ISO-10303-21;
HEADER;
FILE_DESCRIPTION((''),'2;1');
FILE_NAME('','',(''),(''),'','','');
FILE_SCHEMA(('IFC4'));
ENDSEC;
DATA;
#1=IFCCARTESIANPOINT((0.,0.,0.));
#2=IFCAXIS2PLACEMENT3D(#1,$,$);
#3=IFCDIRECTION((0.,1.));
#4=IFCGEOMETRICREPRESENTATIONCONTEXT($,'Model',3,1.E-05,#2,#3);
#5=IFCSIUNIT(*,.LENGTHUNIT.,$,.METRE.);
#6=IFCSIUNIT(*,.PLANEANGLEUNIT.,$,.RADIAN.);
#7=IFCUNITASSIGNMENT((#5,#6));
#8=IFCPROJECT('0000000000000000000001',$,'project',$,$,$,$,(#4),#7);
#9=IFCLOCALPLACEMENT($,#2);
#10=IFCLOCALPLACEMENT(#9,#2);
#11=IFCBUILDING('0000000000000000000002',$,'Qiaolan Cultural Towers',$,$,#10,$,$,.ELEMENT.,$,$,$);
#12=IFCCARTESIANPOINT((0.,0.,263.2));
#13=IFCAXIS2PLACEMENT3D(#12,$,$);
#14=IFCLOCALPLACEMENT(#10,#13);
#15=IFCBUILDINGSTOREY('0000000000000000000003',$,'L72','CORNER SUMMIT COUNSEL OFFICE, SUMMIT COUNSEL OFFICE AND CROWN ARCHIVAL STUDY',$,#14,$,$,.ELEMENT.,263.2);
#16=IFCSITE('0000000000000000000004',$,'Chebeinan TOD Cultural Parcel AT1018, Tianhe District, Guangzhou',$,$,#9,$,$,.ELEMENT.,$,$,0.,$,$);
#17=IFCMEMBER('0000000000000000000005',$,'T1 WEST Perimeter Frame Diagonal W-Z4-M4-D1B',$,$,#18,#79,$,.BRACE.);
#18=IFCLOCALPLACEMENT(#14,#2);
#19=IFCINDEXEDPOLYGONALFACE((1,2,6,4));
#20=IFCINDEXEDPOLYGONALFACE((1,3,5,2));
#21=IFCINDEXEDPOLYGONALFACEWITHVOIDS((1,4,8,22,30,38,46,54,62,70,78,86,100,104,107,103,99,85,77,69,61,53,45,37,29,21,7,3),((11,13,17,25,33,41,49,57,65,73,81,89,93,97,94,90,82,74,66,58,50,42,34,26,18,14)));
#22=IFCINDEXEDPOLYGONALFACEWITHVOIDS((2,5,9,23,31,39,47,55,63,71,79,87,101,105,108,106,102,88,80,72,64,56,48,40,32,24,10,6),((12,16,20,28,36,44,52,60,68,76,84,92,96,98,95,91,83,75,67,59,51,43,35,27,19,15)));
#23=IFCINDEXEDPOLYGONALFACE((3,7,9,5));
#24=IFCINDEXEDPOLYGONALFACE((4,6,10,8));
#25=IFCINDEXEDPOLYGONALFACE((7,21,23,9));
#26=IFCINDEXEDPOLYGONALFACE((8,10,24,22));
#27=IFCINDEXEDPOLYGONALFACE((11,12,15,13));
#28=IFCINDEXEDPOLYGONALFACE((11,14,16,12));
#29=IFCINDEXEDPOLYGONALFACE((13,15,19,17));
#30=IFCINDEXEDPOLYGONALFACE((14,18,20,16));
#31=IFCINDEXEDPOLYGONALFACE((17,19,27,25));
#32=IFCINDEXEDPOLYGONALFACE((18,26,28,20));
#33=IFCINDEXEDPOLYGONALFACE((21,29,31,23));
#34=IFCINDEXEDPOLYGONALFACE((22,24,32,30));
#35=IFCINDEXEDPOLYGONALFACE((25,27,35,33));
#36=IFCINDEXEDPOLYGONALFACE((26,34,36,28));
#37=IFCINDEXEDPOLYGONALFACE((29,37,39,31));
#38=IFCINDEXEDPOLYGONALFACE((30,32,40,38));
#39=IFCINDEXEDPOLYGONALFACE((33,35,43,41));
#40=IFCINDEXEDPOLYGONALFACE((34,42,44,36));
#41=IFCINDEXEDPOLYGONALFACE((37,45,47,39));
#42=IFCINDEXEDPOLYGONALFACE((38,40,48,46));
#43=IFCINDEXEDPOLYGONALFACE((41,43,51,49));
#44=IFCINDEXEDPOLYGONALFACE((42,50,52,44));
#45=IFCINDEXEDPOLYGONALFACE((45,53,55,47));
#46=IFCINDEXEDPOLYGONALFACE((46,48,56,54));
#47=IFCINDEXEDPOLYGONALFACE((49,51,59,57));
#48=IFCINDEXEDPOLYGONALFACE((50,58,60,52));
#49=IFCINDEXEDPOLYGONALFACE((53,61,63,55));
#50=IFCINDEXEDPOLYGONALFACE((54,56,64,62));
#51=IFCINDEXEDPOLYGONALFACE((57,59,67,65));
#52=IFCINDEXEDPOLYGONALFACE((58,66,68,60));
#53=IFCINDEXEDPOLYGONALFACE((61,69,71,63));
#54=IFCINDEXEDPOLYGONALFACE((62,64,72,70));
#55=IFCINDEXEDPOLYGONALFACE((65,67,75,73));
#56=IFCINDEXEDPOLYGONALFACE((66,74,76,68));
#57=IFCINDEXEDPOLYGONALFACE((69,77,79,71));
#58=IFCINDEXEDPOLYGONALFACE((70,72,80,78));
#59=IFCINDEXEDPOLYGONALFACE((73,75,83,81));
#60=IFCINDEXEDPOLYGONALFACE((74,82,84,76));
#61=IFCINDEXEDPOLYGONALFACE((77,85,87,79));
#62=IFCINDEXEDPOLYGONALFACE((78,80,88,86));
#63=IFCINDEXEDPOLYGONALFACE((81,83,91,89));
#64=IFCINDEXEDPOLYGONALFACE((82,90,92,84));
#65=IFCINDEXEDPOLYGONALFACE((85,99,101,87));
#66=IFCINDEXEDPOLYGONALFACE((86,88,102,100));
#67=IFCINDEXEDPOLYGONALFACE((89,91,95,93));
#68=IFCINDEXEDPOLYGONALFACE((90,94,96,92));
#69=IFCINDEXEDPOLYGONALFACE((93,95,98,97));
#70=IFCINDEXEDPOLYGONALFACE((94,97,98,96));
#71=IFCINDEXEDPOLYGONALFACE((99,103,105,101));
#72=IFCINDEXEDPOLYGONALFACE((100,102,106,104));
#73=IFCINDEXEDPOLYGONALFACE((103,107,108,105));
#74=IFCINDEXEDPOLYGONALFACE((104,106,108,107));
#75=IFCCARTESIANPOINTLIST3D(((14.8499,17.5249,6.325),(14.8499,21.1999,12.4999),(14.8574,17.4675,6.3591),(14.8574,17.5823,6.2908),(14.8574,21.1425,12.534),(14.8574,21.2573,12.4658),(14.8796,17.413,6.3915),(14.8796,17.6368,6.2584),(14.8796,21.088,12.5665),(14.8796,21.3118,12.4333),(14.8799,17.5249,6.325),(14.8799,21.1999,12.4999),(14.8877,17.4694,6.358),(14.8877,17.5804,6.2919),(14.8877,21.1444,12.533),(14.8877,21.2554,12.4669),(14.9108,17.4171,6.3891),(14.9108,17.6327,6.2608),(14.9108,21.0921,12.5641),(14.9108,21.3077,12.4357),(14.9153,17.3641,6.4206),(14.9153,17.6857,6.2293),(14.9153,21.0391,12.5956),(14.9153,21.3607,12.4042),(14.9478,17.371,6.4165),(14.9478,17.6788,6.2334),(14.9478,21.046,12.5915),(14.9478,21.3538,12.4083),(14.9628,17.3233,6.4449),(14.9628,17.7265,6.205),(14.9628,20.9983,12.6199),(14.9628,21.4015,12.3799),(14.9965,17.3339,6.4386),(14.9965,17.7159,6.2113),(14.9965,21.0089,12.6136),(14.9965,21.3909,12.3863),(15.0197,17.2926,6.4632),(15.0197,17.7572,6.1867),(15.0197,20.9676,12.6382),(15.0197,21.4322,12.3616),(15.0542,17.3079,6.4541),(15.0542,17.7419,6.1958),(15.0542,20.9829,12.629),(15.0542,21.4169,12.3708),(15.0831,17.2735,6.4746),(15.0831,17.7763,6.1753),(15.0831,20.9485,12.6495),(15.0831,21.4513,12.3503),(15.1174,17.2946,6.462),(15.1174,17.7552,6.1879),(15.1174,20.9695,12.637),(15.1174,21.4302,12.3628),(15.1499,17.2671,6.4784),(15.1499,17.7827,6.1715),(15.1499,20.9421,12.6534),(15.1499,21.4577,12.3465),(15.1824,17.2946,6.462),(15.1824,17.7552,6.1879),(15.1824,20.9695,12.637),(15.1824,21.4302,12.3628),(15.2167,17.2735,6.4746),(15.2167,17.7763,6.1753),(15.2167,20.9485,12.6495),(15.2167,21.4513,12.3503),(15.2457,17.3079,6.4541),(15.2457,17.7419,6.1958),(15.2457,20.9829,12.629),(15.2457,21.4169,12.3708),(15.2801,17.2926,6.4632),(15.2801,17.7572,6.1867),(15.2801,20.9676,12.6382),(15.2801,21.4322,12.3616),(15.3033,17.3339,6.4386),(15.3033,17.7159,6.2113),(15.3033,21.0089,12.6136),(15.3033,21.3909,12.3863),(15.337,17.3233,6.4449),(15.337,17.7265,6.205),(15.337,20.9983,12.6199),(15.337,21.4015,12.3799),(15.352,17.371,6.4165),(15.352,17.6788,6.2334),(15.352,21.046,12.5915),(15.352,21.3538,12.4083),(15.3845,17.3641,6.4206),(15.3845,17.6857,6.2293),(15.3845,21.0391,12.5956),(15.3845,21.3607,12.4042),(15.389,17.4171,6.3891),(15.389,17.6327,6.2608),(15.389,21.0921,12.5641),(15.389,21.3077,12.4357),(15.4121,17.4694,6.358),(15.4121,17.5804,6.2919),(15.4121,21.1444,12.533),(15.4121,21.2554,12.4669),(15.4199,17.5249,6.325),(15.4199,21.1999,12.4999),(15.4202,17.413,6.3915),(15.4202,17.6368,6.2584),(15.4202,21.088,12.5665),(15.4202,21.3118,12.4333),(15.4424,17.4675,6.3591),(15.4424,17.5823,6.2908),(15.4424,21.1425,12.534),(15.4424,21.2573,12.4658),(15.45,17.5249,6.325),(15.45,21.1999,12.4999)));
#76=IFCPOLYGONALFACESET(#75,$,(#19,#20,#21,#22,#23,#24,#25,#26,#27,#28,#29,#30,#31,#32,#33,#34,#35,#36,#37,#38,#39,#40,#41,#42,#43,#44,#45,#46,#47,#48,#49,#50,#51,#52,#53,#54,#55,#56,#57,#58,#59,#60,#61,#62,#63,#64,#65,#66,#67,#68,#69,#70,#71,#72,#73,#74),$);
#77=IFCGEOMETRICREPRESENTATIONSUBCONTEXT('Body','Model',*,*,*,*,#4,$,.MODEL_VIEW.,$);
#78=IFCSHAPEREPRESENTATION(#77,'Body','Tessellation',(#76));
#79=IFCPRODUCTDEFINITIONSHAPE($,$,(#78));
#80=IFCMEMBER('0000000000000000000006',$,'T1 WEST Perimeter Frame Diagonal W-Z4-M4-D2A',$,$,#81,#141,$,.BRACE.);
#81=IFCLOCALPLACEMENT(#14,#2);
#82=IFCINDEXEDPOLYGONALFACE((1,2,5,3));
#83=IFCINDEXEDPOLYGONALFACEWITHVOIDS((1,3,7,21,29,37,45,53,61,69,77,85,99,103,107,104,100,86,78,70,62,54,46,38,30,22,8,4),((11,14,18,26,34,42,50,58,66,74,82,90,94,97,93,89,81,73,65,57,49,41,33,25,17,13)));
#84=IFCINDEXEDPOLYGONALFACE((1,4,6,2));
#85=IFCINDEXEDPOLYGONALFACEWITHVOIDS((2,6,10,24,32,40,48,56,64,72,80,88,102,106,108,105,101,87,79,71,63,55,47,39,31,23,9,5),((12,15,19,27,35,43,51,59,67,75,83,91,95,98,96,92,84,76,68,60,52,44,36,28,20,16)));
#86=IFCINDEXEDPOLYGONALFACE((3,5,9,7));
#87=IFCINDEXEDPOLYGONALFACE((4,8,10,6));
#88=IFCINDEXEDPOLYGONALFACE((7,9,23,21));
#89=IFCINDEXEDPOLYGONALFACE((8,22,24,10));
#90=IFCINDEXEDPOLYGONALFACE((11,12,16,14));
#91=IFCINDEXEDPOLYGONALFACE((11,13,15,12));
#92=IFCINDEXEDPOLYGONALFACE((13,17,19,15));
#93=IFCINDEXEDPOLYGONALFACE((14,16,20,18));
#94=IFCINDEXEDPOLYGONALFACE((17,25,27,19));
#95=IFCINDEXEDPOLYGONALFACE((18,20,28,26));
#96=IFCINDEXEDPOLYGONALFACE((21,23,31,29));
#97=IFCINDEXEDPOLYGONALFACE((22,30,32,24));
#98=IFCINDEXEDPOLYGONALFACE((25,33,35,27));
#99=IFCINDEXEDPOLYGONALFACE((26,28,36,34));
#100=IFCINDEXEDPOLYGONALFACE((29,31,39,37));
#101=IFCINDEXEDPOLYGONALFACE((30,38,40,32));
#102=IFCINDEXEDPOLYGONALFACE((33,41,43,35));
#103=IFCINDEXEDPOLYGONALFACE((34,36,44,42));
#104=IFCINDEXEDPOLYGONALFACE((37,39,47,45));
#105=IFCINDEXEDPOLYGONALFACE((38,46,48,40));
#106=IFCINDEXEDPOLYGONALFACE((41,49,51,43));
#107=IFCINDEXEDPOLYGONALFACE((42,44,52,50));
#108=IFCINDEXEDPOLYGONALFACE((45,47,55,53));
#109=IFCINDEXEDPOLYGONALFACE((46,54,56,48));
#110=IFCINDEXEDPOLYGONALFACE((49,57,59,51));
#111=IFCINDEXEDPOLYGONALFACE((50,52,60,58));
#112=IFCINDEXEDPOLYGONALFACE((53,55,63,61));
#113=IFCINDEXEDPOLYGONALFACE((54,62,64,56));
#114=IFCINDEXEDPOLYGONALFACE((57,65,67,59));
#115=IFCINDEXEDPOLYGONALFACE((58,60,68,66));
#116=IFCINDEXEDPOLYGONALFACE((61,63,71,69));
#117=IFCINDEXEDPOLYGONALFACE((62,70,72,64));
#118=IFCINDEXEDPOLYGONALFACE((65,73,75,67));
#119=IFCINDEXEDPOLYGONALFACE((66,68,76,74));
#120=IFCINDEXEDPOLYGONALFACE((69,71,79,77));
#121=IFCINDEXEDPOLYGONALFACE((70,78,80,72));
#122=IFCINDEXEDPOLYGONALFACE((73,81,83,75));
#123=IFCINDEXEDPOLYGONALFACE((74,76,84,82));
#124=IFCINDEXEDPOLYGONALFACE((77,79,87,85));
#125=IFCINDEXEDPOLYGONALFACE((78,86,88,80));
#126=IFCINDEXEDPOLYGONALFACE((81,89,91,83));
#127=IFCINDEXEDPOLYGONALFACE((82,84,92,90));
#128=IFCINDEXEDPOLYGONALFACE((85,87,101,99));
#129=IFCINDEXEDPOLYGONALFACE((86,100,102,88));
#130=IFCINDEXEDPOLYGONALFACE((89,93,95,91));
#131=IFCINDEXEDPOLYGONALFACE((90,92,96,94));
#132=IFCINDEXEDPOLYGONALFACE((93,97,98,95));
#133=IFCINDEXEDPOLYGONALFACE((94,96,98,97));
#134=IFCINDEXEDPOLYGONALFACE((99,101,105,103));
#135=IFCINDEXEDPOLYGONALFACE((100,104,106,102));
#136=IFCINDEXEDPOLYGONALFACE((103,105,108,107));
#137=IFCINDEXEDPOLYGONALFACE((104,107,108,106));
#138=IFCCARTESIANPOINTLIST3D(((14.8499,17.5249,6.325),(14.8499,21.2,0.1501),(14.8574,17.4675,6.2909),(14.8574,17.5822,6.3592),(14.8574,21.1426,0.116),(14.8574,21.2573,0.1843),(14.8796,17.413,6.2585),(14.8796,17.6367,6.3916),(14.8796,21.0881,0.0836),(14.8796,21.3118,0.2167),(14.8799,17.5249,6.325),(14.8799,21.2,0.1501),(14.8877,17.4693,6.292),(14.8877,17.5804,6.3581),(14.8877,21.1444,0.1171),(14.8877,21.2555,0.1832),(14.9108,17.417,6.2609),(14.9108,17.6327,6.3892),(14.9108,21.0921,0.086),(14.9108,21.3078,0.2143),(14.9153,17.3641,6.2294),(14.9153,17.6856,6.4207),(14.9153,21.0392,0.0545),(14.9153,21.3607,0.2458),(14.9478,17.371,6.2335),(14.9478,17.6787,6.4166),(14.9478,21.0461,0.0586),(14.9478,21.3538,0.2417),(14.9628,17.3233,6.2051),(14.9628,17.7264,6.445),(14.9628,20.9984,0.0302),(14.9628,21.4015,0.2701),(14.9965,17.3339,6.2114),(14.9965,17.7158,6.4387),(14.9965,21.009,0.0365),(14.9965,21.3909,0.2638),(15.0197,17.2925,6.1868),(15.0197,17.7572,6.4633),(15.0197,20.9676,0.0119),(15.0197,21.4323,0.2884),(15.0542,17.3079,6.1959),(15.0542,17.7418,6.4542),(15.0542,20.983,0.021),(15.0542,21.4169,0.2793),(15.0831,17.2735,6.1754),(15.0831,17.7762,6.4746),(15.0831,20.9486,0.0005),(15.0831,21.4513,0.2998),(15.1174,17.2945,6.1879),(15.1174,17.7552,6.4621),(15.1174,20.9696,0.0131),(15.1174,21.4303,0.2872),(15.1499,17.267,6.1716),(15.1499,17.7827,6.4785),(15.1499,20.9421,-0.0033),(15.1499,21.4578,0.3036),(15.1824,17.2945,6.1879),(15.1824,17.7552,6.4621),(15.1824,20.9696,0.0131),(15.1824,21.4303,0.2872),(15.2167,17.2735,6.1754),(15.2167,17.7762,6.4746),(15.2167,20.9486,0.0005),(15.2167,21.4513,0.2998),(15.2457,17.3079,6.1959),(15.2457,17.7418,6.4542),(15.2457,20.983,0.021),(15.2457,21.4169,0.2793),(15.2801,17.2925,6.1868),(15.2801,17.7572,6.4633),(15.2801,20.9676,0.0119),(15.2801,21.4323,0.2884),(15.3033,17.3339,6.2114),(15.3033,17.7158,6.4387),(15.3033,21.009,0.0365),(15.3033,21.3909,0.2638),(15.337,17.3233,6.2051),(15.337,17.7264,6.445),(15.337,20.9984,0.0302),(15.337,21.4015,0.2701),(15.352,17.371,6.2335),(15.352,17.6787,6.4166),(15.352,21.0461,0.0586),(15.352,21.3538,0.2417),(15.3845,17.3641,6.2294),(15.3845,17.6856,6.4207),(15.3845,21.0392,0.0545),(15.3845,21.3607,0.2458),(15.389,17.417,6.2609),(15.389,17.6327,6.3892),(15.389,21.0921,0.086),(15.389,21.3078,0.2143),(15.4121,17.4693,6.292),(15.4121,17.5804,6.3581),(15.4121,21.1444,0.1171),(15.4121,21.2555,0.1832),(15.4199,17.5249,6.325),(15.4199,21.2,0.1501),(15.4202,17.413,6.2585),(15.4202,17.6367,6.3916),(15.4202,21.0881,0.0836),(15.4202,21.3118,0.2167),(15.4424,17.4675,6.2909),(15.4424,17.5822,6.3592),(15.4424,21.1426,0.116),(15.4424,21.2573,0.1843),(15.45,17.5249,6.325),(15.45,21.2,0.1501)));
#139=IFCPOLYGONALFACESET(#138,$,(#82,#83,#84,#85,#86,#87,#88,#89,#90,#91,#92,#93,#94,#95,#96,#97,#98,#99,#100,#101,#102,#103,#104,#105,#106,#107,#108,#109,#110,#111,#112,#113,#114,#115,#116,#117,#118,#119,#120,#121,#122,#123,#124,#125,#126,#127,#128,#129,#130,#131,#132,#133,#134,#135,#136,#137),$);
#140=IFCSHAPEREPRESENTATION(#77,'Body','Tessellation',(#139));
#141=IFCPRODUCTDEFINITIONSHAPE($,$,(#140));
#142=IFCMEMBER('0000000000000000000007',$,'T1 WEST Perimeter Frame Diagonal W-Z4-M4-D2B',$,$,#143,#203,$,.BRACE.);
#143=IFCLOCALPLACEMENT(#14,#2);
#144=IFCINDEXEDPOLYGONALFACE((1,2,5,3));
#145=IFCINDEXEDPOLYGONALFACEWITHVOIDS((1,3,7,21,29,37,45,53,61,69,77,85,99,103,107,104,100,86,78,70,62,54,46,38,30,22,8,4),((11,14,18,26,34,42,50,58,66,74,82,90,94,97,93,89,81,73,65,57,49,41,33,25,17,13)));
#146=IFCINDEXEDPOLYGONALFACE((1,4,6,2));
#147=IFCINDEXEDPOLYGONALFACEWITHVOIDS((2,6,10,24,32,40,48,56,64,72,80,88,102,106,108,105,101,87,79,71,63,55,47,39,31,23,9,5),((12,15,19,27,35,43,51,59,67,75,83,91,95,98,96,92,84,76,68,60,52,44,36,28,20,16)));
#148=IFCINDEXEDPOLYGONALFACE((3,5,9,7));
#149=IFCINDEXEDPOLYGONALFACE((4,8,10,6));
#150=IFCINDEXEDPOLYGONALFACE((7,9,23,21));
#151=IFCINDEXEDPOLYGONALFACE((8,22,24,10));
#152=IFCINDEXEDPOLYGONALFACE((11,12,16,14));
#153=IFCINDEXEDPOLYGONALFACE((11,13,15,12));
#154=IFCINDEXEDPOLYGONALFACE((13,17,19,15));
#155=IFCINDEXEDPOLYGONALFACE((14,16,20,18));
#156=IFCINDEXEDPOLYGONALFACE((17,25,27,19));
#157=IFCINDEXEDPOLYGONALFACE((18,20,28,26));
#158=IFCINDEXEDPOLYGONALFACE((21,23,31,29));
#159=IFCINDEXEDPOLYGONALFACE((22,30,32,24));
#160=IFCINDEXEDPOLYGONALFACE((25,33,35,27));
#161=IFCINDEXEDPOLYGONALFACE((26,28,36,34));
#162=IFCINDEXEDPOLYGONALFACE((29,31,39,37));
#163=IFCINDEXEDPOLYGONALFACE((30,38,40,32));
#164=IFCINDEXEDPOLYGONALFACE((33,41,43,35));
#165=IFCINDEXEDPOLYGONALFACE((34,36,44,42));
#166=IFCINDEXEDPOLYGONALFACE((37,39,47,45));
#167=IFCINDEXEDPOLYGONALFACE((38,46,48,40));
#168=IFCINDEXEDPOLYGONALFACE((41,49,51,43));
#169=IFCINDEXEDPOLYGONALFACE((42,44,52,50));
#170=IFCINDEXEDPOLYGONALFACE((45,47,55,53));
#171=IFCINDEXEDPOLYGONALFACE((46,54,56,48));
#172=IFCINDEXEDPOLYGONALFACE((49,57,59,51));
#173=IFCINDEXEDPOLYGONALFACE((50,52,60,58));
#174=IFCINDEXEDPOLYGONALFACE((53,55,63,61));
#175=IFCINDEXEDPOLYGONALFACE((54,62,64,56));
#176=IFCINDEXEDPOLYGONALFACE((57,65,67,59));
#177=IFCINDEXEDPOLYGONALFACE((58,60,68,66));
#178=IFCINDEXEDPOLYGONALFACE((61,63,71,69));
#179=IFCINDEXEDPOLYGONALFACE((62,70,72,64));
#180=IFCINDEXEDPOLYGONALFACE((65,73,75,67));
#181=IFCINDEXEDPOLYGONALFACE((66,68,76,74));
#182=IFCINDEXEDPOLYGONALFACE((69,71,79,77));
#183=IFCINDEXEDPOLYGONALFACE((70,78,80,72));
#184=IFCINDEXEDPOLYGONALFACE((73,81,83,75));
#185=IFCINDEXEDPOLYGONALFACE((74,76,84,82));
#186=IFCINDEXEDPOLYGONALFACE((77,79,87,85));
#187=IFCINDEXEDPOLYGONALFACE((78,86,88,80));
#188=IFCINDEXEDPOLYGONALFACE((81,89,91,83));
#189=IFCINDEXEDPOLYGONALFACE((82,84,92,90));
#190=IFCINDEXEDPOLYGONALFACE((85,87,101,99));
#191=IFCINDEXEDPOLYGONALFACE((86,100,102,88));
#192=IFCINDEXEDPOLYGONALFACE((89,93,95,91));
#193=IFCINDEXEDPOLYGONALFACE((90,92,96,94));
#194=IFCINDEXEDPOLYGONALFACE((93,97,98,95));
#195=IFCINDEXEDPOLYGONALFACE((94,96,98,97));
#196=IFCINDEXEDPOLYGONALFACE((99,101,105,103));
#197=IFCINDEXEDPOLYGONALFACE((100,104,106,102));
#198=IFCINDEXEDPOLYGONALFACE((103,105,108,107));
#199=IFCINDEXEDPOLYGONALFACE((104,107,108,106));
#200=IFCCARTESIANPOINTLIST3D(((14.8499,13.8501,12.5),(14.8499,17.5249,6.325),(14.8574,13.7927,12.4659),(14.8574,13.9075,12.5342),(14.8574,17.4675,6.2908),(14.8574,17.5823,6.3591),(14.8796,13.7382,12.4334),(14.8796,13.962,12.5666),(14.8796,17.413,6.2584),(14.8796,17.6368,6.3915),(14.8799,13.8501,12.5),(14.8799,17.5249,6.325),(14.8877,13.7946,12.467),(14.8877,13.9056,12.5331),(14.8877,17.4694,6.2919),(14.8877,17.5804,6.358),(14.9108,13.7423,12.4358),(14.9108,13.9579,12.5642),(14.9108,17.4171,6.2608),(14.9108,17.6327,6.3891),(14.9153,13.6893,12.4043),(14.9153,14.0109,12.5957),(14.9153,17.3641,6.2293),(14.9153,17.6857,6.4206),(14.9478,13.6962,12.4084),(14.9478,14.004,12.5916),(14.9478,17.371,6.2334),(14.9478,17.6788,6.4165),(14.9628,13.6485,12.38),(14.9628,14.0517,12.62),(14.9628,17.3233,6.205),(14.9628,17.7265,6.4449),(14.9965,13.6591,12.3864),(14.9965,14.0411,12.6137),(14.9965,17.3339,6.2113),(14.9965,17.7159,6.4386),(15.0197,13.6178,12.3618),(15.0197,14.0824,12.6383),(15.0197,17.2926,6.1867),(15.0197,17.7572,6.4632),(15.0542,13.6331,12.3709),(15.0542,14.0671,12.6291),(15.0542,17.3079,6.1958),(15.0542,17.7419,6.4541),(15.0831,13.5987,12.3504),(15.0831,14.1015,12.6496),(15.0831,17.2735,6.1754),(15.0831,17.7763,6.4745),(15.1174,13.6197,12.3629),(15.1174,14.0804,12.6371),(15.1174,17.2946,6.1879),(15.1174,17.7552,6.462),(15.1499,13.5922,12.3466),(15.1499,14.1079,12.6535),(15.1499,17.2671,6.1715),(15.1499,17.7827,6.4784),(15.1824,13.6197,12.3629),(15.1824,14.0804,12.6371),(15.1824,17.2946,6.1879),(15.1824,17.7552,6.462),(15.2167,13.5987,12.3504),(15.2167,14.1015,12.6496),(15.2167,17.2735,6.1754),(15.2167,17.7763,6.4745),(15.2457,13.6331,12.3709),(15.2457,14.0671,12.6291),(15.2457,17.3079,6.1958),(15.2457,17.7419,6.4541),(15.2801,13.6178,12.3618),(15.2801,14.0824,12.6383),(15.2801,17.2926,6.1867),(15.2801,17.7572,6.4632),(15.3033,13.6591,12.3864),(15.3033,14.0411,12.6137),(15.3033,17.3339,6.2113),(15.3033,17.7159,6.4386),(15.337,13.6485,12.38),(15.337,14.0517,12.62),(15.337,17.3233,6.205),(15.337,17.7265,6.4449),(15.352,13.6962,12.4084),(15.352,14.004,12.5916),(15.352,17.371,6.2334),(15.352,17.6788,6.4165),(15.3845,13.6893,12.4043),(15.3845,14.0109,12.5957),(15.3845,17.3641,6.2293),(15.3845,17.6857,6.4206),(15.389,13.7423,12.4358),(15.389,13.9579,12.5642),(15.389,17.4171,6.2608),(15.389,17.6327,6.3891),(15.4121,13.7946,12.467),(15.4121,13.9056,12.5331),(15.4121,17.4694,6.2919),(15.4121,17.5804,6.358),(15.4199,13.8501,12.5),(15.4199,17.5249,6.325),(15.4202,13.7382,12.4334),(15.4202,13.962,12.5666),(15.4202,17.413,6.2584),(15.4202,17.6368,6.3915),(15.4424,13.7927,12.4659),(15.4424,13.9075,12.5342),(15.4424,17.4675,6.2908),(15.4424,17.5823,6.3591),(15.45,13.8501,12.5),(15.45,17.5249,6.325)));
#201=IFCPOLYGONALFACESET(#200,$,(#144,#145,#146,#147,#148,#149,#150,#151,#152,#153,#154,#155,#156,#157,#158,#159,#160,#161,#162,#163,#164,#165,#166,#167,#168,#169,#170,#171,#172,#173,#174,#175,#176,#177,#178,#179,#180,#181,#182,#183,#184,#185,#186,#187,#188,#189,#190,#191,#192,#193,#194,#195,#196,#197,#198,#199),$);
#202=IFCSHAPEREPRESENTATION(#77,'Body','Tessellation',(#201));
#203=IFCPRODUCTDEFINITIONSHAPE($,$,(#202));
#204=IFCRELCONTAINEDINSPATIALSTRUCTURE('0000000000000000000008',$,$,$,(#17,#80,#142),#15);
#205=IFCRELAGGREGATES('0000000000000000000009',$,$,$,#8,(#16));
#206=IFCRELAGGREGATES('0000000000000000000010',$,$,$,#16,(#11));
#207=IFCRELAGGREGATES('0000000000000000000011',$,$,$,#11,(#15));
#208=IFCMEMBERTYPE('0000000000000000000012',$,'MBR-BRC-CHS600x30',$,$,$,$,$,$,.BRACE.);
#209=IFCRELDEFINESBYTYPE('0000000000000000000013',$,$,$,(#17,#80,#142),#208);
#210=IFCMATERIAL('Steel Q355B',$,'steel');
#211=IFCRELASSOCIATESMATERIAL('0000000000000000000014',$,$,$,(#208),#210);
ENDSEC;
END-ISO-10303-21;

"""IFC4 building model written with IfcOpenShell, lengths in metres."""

from ifc_helpers import new_model, si_unit, direction, frame, origin, origin_2d, place, context, subcontext, project, spatial, hollow_circle, extrude, material, material_profile, profile_set, type_object, element, save


model = new_model("IFC4")

# Units and contexts
model_context = context("Model", 3, precision=1e-05, world=origin(), true_north=direction((0.0, 1.0)))
body_context = subcontext(model_context, "Body", "Model", "MODEL_VIEW")
ifc_project = project(units=[si_unit("LENGTHUNIT", "METRE"), si_unit("PLANEANGLEUNIT", "RADIAN")], contexts=[model_context])

# Site, building, storey
site_placement = place(None, origin())
site = spatial("IfcSite", under=ifc_project, at=site_placement, Name="Chebeinan TOD Cultural Parcel AT1018, Tianhe District, Guangzhou", CompositionType="ELEMENT", RefElevation=0.0)
building_placement = place(site_placement, origin())
building = spatial("IfcBuilding", under=site, at=building_placement, Name="Qiaolan Cultural Towers", CompositionType="ELEMENT")
storey_placement = place(building_placement, frame((0.0, 0.0, 263.2)))
storey = spatial("IfcBuildingStorey", under=building, at=storey_placement, Name="L72", Description="CORNER SUMMIT COUNSEL OFFICE, SUMMIT COUNSEL OFFICE AND CROWN ARCHIVAL STUDY", CompositionType="ELEMENT", Elevation=263.2)

# Members
ifc_material_1 = material(Name="Steel Q355B", Category="steel")
ifc_material_profile_1 = material_profile(ifc_material_1, hollow_circle(Radius=0.3, WallThickness=0.03, at=origin_2d()), Name="CHS600x30")
ifc_profile_set_1 = profile_set([ifc_material_profile_1], Name="Steel Q355B")
member_type = type_object("IfcMemberType", Name="MBR-BRC-CHS600x30", PredefinedType="BRACE", material=ifc_profile_set_1)
for number, where, z_axis, x_axis, name in (
    (1, (15.1499, 17.5249, 6.325), (0.0, 0.511425, 0.859328), (-1.0, 0.0, 0.0), "T1 WEST Perimeter Frame Diagonal W-Z4-M4-D1B"),
    (2, (15.1499, 21.2, 0.1501), (0.0, -0.51144, 0.859319), (1.0, 0.0, 0.0), "T1 WEST Perimeter Frame Diagonal W-Z4-M4-D2A"),
    (3, (15.1499, 17.5249, 6.325), (0.0, -0.5114, 0.859343), (1.0, 0.0, 0.0), "T1 WEST Perimeter Frame Diagonal W-Z4-M4-D2B"),
):
    element("IfcMember", number, at=place(storey_placement, frame(where, z_axis=z_axis, x_axis=x_axis)), inside=storey, type_object=member_type, Name=name, PredefinedType="BRACE", context=body_context, shape_type="SweptSolid", body=[
        extrude(hollow_circle(Radius=0.3, WallThickness=0.03, at=origin_2d()), origin(), (0.0, 0.0, 1.0), 7.1858),
    ])

save(model, "model.ifc")
